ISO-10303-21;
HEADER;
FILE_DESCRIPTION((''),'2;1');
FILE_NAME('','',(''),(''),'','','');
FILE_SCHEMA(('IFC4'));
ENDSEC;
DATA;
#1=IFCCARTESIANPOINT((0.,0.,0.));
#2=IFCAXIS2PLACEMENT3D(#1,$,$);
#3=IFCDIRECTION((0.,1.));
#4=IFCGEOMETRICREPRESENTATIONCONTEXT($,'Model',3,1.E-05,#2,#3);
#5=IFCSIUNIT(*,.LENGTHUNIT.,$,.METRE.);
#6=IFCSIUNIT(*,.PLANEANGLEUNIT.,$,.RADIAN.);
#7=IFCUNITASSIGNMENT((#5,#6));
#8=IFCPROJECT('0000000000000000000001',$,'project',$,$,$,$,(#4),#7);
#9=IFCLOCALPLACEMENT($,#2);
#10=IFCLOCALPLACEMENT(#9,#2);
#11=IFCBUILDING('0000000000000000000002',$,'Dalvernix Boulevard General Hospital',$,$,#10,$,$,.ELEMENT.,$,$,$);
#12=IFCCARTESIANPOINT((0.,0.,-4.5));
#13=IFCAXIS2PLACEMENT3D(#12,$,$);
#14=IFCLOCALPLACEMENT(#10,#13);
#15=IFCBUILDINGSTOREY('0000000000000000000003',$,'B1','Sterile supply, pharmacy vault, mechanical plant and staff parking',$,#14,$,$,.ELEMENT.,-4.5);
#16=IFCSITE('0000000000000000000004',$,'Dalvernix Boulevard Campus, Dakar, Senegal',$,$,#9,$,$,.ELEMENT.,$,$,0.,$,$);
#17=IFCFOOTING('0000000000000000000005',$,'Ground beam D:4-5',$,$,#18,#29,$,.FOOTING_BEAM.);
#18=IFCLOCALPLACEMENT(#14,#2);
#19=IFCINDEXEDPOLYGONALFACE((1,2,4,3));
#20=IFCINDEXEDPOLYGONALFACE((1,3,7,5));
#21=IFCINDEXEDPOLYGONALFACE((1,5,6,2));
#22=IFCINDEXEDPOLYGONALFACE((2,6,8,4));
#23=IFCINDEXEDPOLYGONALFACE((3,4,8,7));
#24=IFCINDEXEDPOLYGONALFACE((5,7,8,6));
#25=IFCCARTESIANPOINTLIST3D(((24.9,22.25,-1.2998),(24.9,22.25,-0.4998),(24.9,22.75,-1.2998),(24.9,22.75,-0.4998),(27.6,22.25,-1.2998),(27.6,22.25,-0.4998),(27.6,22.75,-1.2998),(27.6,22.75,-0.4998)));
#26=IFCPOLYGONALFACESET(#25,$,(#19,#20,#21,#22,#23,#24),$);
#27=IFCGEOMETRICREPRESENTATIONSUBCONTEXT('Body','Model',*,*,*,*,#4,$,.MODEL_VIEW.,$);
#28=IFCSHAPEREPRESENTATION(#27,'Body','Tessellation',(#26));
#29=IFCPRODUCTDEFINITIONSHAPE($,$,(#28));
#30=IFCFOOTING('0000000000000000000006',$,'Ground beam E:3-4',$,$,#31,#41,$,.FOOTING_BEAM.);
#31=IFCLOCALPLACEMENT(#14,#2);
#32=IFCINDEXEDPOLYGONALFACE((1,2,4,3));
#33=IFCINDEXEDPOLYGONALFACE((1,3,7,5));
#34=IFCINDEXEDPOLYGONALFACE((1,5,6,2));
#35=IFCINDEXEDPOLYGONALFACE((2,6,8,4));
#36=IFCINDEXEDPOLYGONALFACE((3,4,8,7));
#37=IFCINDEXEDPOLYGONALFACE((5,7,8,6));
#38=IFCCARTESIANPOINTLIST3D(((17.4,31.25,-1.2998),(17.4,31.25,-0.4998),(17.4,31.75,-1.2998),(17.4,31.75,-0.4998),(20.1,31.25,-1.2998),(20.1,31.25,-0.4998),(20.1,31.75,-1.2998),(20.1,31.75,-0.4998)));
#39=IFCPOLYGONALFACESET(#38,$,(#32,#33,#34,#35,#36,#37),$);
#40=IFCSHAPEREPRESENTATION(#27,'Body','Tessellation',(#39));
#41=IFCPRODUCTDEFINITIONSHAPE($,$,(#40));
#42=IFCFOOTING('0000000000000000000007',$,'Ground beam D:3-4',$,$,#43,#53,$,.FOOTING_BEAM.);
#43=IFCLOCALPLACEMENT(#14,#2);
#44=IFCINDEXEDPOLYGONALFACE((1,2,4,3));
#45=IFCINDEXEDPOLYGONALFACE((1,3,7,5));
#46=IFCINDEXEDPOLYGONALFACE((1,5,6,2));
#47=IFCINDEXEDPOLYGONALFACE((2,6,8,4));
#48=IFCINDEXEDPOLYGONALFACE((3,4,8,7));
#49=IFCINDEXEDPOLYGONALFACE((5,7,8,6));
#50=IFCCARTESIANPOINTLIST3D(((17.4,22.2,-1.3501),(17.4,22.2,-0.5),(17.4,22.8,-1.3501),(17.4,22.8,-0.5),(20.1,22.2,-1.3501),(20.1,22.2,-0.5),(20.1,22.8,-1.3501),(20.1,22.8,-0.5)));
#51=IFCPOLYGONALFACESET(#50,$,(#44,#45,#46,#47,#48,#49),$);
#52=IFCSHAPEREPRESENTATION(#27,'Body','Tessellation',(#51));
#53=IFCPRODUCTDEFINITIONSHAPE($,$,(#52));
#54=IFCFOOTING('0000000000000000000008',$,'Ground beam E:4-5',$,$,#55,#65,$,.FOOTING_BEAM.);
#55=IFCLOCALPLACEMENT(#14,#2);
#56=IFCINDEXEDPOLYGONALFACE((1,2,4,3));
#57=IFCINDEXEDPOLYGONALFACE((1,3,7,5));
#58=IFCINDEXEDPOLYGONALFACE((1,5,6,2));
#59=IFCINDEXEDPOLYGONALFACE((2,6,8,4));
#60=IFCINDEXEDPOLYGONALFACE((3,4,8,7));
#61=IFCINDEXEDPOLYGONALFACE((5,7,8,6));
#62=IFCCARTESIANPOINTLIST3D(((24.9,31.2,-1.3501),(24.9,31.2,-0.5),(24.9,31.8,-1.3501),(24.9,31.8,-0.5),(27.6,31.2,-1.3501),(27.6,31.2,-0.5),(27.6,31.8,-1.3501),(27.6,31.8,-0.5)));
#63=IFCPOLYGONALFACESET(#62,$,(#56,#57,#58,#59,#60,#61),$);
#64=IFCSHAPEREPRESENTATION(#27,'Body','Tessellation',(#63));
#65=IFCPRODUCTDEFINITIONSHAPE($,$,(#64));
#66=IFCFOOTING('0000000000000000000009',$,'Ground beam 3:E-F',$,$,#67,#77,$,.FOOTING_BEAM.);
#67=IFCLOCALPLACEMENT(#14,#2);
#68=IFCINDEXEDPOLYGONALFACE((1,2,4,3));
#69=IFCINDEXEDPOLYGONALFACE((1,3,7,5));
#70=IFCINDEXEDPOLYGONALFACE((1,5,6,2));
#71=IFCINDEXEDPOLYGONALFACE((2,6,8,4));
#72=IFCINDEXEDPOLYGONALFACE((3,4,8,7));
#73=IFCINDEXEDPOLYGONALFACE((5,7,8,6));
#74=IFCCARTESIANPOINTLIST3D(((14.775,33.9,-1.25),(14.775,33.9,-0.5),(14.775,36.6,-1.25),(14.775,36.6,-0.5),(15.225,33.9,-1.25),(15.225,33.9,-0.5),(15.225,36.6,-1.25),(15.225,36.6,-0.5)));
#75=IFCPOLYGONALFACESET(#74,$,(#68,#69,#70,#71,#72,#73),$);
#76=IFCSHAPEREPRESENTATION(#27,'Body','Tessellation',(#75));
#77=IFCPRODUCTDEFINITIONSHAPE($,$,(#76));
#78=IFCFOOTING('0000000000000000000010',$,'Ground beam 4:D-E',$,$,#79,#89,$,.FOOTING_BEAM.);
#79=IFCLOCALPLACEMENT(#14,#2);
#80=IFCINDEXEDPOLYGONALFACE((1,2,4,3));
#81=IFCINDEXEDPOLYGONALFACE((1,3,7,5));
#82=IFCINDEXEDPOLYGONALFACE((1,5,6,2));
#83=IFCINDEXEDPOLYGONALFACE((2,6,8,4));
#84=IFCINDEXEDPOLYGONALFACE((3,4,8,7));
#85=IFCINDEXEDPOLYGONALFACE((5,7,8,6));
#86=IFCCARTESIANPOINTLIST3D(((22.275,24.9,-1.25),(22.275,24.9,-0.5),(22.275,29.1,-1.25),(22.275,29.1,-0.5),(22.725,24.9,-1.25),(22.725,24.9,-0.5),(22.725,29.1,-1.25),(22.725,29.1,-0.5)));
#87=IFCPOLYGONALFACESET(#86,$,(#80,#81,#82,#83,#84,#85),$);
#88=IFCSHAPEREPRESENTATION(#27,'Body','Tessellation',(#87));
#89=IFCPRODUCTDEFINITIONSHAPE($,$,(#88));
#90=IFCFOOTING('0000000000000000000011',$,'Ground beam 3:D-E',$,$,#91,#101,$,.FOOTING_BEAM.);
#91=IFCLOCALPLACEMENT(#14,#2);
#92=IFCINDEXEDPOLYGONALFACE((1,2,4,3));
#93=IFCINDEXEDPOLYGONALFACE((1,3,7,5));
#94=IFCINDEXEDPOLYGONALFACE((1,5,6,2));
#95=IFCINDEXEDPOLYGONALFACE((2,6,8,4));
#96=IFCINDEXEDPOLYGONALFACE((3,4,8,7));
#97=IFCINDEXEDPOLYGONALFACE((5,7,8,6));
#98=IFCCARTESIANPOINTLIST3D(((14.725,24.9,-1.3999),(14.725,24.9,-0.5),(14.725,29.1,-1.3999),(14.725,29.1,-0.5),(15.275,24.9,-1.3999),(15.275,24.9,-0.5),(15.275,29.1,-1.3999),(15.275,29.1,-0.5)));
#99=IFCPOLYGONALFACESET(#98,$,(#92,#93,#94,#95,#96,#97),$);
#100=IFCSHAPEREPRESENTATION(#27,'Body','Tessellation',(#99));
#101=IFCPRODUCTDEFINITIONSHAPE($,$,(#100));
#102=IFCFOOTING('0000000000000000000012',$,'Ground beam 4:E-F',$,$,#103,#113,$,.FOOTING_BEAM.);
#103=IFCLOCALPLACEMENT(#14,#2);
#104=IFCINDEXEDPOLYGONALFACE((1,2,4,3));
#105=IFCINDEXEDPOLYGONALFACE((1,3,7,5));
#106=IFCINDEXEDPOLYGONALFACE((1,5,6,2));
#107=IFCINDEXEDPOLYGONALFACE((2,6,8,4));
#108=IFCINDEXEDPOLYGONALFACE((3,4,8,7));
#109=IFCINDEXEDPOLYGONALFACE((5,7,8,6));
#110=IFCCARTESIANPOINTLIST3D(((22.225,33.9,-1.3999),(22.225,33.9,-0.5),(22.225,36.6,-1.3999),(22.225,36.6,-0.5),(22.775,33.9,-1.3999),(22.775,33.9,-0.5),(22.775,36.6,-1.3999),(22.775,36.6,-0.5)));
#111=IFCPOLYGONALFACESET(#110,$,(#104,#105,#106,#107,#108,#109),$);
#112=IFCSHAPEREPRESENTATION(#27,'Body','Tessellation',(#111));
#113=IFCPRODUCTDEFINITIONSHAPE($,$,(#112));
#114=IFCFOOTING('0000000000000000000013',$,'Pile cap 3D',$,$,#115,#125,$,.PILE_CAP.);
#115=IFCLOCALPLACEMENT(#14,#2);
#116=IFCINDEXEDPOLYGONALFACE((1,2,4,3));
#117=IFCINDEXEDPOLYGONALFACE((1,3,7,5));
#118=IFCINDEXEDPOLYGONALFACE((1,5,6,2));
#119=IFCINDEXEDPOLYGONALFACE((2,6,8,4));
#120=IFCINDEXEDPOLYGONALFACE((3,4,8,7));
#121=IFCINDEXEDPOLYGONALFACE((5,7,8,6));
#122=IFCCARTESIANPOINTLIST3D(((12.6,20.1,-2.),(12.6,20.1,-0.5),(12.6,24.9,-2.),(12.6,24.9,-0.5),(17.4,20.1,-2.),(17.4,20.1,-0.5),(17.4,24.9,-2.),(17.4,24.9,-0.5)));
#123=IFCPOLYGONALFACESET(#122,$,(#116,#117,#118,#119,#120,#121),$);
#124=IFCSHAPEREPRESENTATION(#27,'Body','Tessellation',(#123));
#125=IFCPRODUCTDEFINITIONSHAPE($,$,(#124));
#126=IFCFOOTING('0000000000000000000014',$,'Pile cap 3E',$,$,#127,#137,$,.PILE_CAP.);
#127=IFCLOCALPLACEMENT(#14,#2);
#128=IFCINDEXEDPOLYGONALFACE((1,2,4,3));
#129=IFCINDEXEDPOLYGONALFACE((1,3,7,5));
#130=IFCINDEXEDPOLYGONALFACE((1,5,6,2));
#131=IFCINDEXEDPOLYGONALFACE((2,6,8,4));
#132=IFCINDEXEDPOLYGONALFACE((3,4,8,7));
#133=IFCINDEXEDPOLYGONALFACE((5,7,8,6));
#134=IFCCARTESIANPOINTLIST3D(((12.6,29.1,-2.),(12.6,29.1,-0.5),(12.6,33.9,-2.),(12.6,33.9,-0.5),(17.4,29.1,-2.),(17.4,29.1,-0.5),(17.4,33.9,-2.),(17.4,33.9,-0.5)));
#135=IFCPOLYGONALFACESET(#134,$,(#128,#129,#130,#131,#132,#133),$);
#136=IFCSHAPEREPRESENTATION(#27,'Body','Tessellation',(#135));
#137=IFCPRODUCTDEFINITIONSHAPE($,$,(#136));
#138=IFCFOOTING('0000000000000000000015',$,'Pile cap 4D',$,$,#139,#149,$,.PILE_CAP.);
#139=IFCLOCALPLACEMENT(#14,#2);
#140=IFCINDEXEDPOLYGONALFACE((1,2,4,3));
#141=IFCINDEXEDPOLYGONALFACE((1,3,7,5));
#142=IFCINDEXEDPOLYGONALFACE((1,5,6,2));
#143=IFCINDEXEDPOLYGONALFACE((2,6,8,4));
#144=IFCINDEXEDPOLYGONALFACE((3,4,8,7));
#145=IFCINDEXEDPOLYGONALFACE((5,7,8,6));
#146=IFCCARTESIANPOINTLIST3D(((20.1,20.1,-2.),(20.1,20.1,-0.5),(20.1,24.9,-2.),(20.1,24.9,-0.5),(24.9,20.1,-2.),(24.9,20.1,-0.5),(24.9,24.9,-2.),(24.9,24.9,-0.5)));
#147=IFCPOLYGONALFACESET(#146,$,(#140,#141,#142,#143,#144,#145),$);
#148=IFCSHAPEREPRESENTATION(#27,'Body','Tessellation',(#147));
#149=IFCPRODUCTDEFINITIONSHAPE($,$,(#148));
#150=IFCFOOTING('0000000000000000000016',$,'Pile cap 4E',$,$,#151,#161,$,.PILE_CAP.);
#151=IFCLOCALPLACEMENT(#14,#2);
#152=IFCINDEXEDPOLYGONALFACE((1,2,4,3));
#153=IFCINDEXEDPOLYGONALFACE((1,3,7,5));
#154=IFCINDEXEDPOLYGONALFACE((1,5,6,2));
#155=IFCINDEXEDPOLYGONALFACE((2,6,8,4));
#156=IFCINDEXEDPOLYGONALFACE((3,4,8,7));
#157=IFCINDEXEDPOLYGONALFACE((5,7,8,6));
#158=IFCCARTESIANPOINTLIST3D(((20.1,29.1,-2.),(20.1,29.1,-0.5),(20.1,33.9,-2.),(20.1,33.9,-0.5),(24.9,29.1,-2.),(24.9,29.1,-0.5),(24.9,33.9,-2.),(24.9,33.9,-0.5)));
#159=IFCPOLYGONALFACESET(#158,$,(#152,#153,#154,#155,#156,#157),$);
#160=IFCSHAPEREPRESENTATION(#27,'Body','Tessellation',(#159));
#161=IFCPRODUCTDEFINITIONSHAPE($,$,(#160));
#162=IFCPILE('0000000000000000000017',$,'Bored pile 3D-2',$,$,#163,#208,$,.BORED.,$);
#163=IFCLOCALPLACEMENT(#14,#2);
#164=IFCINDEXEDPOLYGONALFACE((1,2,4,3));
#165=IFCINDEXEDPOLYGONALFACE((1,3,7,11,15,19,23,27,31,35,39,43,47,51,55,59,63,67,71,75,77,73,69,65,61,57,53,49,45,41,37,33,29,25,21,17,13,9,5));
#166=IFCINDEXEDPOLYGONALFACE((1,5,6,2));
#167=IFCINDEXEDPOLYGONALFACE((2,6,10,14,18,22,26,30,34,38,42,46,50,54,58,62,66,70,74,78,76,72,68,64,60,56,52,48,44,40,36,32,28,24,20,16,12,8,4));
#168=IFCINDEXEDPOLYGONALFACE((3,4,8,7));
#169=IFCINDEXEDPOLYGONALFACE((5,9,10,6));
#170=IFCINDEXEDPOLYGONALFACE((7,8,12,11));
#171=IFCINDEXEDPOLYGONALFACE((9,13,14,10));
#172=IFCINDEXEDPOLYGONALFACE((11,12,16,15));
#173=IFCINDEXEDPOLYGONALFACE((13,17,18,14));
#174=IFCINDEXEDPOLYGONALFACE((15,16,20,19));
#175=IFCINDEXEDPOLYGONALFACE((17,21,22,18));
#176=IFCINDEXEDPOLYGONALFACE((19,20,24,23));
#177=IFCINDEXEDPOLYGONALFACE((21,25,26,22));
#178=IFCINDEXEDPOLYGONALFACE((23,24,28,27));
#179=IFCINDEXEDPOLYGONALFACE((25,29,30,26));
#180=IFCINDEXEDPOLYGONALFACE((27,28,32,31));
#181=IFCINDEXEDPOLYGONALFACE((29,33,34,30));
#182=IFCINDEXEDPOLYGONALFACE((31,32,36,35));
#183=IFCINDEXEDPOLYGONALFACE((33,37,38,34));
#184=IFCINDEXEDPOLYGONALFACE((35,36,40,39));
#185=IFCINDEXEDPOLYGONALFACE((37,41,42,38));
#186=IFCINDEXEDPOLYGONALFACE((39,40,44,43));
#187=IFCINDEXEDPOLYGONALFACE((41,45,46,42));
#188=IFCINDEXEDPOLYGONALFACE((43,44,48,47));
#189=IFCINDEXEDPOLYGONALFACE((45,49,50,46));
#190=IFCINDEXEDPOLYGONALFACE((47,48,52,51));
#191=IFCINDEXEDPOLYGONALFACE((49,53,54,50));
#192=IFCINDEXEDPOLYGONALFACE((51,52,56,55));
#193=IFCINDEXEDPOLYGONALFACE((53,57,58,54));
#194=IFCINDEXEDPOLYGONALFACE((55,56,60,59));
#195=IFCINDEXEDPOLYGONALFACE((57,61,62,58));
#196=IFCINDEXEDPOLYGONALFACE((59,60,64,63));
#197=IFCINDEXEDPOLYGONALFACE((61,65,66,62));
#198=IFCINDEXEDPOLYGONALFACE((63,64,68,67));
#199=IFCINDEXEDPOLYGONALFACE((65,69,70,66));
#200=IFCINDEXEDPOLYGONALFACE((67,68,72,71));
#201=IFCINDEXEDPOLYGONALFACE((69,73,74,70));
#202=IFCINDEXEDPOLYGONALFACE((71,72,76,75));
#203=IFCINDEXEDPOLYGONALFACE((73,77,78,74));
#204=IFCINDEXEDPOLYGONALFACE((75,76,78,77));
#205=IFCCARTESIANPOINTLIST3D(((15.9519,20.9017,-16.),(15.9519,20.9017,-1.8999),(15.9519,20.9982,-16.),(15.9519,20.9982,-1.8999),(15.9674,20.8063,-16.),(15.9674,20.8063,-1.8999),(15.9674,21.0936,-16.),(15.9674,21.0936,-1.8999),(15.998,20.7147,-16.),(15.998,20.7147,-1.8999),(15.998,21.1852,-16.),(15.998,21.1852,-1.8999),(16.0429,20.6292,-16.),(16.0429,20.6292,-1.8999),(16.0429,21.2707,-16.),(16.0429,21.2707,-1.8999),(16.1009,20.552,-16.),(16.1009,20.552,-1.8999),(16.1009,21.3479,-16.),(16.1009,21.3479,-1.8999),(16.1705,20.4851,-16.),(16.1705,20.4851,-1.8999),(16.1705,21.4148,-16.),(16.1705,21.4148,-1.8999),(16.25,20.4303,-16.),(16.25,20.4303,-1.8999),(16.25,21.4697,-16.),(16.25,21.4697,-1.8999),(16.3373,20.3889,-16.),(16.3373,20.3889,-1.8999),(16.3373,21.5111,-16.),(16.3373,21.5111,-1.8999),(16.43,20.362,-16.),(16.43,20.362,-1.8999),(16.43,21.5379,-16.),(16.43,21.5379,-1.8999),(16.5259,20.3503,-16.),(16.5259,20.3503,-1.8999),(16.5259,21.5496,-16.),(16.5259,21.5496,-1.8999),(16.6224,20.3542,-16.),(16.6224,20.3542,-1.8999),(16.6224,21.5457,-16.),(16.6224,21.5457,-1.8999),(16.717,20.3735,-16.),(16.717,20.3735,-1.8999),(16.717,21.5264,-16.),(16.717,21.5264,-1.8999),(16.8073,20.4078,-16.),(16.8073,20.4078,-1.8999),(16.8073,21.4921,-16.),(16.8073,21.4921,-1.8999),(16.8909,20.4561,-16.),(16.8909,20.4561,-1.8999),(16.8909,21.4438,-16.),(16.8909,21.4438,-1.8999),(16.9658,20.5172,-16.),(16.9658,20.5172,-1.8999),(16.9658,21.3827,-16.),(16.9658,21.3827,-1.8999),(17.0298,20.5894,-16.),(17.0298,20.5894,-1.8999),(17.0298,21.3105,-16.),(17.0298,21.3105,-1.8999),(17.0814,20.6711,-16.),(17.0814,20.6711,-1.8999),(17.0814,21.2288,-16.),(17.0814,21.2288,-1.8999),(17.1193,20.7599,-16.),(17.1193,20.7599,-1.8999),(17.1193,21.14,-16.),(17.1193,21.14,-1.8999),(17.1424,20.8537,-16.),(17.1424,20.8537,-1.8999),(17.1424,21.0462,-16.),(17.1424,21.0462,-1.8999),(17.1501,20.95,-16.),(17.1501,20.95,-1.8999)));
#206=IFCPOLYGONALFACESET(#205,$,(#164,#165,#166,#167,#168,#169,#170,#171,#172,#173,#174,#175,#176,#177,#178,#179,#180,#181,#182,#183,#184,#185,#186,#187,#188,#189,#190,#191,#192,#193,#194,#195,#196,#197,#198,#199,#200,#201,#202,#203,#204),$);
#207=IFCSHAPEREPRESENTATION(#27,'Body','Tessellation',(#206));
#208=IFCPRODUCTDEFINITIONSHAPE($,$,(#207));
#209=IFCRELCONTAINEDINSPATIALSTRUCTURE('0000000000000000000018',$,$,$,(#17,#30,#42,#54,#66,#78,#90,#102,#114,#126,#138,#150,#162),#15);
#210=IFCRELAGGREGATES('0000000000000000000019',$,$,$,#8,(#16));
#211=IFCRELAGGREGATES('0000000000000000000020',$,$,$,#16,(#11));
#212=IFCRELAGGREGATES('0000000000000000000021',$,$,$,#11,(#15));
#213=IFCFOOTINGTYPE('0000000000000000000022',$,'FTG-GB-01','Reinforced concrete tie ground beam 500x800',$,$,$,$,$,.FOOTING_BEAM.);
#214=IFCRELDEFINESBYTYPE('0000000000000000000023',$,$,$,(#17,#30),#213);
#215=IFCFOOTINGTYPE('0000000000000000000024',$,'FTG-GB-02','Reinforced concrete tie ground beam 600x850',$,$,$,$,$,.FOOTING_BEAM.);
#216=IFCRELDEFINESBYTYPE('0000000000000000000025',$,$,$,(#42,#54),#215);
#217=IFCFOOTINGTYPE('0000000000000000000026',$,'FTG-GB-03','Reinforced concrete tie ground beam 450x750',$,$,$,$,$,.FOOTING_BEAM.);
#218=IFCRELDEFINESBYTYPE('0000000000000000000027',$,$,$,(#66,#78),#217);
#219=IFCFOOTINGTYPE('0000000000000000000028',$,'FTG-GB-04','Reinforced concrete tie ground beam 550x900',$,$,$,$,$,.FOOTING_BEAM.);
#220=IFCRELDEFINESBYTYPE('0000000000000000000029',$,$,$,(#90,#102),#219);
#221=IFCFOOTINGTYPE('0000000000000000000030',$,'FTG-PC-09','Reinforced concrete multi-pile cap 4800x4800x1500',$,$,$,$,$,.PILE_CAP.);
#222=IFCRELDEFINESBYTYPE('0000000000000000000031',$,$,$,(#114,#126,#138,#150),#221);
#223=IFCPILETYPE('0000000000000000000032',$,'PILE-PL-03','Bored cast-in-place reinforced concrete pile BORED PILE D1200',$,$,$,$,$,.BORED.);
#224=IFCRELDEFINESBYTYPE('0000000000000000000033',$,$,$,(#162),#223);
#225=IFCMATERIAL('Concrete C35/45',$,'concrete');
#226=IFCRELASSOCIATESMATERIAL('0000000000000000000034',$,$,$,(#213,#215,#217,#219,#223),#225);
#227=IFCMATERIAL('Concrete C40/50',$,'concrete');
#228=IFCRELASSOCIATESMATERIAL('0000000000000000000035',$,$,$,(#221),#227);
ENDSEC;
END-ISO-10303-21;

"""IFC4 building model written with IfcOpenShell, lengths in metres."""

from ifc_helpers import new_model, si_unit, direction, frame, origin, origin_2d, place, context, subcontext, project, spatial, rectangle, circle, extrude, material, material_profile, profile_set, type_object, element, save


model = new_model("IFC4")

# Units and contexts
model_context = context("Model", 3, precision=1e-05, world=origin(), true_north=direction((0.0, 1.0)))
body_context = subcontext(model_context, "Body", "Model", "MODEL_VIEW")
ifc_project = project(units=[si_unit("LENGTHUNIT", "METRE"), si_unit("PLANEANGLEUNIT", "RADIAN")], contexts=[model_context])

# Site, building, storey
site_placement = place(None, origin())
site = spatial("IfcSite", under=ifc_project, at=site_placement, Name="Dalvernix Boulevard Campus, Dakar, Senegal", CompositionType="ELEMENT", RefElevation=0.0)
building_placement = place(site_placement, origin())
building = spatial("IfcBuilding", under=site, at=building_placement, Name="Dalvernix Boulevard General Hospital", CompositionType="ELEMENT")
storey_placement = place(building_placement, frame((0.0, 0.0, -4.5)))
storey = spatial("IfcBuildingStorey", under=building, at=storey_placement, Name="B1", Description="Sterile supply, pharmacy vault, mechanical plant and staff parking", CompositionType="ELEMENT", Elevation=-4.5)

# Footings
ifc_material_1 = material(Name="Concrete C35/45", Category="concrete")
footing_type_1 = type_object("IfcFootingType", Name="FTG-GB-01", Description="Reinforced concrete tie ground beam 500x800", PredefinedType="FOOTING_BEAM", material=ifc_material_1)
for number, where, z_axis, x_axis, name in (
    (1, (26.25, 22.5, -1.2998), (0.0, 0.0, 1.0), (1.0, 0.0, 0.0), "Ground beam D:4-5"),
    (2, (18.75, 31.5, -1.2998), (0.0, 0.0, 1.0), (1.0, 0.0, 0.0), "Ground beam E:3-4"),
):
    element("IfcFooting", number, at=place(storey_placement, frame(where, z_axis=z_axis, x_axis=x_axis)), inside=storey, type_object=footing_type_1, Name=name, PredefinedType="FOOTING_BEAM", context=body_context, shape_type="SweptSolid", body=[
        extrude(rectangle(XDim=2.7, YDim=0.5, at=origin_2d()), origin(), (0.0, 0.0, 1.0), 0.8),
    ])
footing_type_2 = type_object("IfcFootingType", Name="FTG-GB-02", Description="Reinforced concrete tie ground beam 600x850", PredefinedType="FOOTING_BEAM", material=ifc_material_1)
for number, where, z_axis, x_axis, name in (
    (3, (18.75, 22.5, -1.3501), (0.0, 0.0, 1.0), (1.0, 0.0, 0.0), "Ground beam D:3-4"),
    (4, (26.25, 31.5, -1.3501), (0.0, 0.0, 1.0), (1.0, 0.0, 0.0), "Ground beam E:4-5"),
):
    element("IfcFooting", number, at=place(storey_placement, frame(where, z_axis=z_axis, x_axis=x_axis)), inside=storey, type_object=footing_type_2, Name=name, PredefinedType="FOOTING_BEAM", context=body_context, shape_type="SweptSolid", body=[
        extrude(rectangle(XDim=2.7, YDim=0.6001, at=origin_2d()), origin(), (0.0, 0.0, 1.0), 0.8501),
    ])
footing_type_3 = type_object("IfcFootingType", Name="FTG-GB-03", Description="Reinforced concrete tie ground beam 450x750", PredefinedType="FOOTING_BEAM", material=ifc_material_1)
footing_1_placement = place(storey_placement, frame((15.0, 35.25, -1.25), z_axis=(0.0, 0.0, 1.0), x_axis=(0.0, 1.0, 0.0)))
element("IfcFooting", 5, at=footing_1_placement, inside=storey, type_object=footing_type_3, Name="Ground beam 3:E-F", PredefinedType="FOOTING_BEAM", context=body_context, shape_type="SweptSolid", body=[
    extrude(rectangle(XDim=2.7, YDim=0.45, at=origin_2d()), origin(), (0.0, 0.0, 1.0), 0.75),
])
footing_2_placement = place(storey_placement, frame((22.5, 27.0, -1.25), z_axis=(0.0, 0.0, 1.0), x_axis=(0.0, 1.0, 0.0)))
element("IfcFooting", 6, at=footing_2_placement, inside=storey, type_object=footing_type_3, Name="Ground beam 4:D-E", PredefinedType="FOOTING_BEAM", context=body_context, shape_type="SweptSolid", body=[
    extrude(rectangle(XDim=4.2, YDim=0.45, at=origin_2d()), origin(), (0.0, 0.0, 1.0), 0.75),
])
footing_type_4 = type_object("IfcFootingType", Name="FTG-GB-04", Description="Reinforced concrete tie ground beam 550x900", PredefinedType="FOOTING_BEAM", material=ifc_material_1)
footing_3_placement = place(storey_placement, frame((15.0, 27.0, -1.3999), z_axis=(0.0, 0.0, 1.0), x_axis=(0.0, 1.0, 0.0)))
element("IfcFooting", 7, at=footing_3_placement, inside=storey, type_object=footing_type_4, Name="Ground beam 3:D-E", PredefinedType="FOOTING_BEAM", context=body_context, shape_type="SweptSolid", body=[
    extrude(rectangle(XDim=4.2, YDim=0.55, at=origin_2d()), origin(), (0.0, 0.0, 1.0), 0.8999),
])
footing_4_placement = place(storey_placement, frame((22.5, 35.25, -1.3999), z_axis=(0.0, 0.0, 1.0), x_axis=(0.0, 1.0, 0.0)))
element("IfcFooting", 8, at=footing_4_placement, inside=storey, type_object=footing_type_4, Name="Ground beam 4:E-F", PredefinedType="FOOTING_BEAM", context=body_context, shape_type="SweptSolid", body=[
    extrude(rectangle(XDim=2.7, YDim=0.55, at=origin_2d()), origin(), (0.0, 0.0, 1.0), 0.8999),
])
ifc_material_2 = material(Name="Concrete C40/50", Category="concrete")
footing_type_5 = type_object("IfcFootingType", Name="FTG-PC-09", Description="Reinforced concrete multi-pile cap 4800x4800x1500", PredefinedType="PILE_CAP", material=ifc_material_2)
for number, where, z_axis, x_axis, name in (
    (9, (15.0, 22.5, -2.0), (0.0, 0.0, 1.0), (1.0, 0.0, 0.0), "Pile cap 3D"),
    (10, (15.0, 31.5, -2.0), (0.0, 0.0, 1.0), (1.0, 0.0, 0.0), "Pile cap 3E"),
    (11, (22.5, 22.5, -2.0), (0.0, 0.0, 1.0), (1.0, 0.0, 0.0), "Pile cap 4D"),
    (12, (22.5, 31.5, -2.0), (0.0, 0.0, 1.0), (1.0, 0.0, 0.0), "Pile cap 4E"),
):
    element("IfcFooting", number, at=place(storey_placement, frame(where, z_axis=z_axis, x_axis=x_axis)), inside=storey, type_object=footing_type_5, Name=name, PredefinedType="PILE_CAP", context=body_context, shape_type="SweptSolid", body=[
        extrude(rectangle(XDim=4.8, YDim=4.8, at=origin_2d()), origin(), (0.0, 0.0, 1.0), 1.5),
    ])

# Pile
ifc_material_profile_1 = material_profile(ifc_material_1, circle(Radius=0.6001, at=origin_2d()), Name="BORED PILE D1200")
ifc_profile_set_1 = profile_set([ifc_material_profile_1], Name="Concrete C35/45")
pile_type = type_object("IfcPileType", Name="PILE-PL-03", Description="Bored cast-in-place reinforced concrete pile BORED PILE D1200", PredefinedType="BORED", material=ifc_profile_set_1)
for number, where, z_axis, x_axis, name in (
    (13, (16.55, 20.95, -1.8999), (0.0, 0.0, -1.0), (1.0, 0.0, 0.0), "Bored pile 3D-2"),
):
    element("IfcPile", number, at=place(storey_placement, frame(where, z_axis=z_axis, x_axis=x_axis)), inside=storey, type_object=pile_type, Name=name, PredefinedType="BORED", context=body_context, shape_type="SweptSolid", body=[
        extrude(circle(Radius=0.6001, at=origin_2d()), origin(), (0.0, 0.0, 1.0), 14.1001),
    ])

save(model, "model.ifc")
